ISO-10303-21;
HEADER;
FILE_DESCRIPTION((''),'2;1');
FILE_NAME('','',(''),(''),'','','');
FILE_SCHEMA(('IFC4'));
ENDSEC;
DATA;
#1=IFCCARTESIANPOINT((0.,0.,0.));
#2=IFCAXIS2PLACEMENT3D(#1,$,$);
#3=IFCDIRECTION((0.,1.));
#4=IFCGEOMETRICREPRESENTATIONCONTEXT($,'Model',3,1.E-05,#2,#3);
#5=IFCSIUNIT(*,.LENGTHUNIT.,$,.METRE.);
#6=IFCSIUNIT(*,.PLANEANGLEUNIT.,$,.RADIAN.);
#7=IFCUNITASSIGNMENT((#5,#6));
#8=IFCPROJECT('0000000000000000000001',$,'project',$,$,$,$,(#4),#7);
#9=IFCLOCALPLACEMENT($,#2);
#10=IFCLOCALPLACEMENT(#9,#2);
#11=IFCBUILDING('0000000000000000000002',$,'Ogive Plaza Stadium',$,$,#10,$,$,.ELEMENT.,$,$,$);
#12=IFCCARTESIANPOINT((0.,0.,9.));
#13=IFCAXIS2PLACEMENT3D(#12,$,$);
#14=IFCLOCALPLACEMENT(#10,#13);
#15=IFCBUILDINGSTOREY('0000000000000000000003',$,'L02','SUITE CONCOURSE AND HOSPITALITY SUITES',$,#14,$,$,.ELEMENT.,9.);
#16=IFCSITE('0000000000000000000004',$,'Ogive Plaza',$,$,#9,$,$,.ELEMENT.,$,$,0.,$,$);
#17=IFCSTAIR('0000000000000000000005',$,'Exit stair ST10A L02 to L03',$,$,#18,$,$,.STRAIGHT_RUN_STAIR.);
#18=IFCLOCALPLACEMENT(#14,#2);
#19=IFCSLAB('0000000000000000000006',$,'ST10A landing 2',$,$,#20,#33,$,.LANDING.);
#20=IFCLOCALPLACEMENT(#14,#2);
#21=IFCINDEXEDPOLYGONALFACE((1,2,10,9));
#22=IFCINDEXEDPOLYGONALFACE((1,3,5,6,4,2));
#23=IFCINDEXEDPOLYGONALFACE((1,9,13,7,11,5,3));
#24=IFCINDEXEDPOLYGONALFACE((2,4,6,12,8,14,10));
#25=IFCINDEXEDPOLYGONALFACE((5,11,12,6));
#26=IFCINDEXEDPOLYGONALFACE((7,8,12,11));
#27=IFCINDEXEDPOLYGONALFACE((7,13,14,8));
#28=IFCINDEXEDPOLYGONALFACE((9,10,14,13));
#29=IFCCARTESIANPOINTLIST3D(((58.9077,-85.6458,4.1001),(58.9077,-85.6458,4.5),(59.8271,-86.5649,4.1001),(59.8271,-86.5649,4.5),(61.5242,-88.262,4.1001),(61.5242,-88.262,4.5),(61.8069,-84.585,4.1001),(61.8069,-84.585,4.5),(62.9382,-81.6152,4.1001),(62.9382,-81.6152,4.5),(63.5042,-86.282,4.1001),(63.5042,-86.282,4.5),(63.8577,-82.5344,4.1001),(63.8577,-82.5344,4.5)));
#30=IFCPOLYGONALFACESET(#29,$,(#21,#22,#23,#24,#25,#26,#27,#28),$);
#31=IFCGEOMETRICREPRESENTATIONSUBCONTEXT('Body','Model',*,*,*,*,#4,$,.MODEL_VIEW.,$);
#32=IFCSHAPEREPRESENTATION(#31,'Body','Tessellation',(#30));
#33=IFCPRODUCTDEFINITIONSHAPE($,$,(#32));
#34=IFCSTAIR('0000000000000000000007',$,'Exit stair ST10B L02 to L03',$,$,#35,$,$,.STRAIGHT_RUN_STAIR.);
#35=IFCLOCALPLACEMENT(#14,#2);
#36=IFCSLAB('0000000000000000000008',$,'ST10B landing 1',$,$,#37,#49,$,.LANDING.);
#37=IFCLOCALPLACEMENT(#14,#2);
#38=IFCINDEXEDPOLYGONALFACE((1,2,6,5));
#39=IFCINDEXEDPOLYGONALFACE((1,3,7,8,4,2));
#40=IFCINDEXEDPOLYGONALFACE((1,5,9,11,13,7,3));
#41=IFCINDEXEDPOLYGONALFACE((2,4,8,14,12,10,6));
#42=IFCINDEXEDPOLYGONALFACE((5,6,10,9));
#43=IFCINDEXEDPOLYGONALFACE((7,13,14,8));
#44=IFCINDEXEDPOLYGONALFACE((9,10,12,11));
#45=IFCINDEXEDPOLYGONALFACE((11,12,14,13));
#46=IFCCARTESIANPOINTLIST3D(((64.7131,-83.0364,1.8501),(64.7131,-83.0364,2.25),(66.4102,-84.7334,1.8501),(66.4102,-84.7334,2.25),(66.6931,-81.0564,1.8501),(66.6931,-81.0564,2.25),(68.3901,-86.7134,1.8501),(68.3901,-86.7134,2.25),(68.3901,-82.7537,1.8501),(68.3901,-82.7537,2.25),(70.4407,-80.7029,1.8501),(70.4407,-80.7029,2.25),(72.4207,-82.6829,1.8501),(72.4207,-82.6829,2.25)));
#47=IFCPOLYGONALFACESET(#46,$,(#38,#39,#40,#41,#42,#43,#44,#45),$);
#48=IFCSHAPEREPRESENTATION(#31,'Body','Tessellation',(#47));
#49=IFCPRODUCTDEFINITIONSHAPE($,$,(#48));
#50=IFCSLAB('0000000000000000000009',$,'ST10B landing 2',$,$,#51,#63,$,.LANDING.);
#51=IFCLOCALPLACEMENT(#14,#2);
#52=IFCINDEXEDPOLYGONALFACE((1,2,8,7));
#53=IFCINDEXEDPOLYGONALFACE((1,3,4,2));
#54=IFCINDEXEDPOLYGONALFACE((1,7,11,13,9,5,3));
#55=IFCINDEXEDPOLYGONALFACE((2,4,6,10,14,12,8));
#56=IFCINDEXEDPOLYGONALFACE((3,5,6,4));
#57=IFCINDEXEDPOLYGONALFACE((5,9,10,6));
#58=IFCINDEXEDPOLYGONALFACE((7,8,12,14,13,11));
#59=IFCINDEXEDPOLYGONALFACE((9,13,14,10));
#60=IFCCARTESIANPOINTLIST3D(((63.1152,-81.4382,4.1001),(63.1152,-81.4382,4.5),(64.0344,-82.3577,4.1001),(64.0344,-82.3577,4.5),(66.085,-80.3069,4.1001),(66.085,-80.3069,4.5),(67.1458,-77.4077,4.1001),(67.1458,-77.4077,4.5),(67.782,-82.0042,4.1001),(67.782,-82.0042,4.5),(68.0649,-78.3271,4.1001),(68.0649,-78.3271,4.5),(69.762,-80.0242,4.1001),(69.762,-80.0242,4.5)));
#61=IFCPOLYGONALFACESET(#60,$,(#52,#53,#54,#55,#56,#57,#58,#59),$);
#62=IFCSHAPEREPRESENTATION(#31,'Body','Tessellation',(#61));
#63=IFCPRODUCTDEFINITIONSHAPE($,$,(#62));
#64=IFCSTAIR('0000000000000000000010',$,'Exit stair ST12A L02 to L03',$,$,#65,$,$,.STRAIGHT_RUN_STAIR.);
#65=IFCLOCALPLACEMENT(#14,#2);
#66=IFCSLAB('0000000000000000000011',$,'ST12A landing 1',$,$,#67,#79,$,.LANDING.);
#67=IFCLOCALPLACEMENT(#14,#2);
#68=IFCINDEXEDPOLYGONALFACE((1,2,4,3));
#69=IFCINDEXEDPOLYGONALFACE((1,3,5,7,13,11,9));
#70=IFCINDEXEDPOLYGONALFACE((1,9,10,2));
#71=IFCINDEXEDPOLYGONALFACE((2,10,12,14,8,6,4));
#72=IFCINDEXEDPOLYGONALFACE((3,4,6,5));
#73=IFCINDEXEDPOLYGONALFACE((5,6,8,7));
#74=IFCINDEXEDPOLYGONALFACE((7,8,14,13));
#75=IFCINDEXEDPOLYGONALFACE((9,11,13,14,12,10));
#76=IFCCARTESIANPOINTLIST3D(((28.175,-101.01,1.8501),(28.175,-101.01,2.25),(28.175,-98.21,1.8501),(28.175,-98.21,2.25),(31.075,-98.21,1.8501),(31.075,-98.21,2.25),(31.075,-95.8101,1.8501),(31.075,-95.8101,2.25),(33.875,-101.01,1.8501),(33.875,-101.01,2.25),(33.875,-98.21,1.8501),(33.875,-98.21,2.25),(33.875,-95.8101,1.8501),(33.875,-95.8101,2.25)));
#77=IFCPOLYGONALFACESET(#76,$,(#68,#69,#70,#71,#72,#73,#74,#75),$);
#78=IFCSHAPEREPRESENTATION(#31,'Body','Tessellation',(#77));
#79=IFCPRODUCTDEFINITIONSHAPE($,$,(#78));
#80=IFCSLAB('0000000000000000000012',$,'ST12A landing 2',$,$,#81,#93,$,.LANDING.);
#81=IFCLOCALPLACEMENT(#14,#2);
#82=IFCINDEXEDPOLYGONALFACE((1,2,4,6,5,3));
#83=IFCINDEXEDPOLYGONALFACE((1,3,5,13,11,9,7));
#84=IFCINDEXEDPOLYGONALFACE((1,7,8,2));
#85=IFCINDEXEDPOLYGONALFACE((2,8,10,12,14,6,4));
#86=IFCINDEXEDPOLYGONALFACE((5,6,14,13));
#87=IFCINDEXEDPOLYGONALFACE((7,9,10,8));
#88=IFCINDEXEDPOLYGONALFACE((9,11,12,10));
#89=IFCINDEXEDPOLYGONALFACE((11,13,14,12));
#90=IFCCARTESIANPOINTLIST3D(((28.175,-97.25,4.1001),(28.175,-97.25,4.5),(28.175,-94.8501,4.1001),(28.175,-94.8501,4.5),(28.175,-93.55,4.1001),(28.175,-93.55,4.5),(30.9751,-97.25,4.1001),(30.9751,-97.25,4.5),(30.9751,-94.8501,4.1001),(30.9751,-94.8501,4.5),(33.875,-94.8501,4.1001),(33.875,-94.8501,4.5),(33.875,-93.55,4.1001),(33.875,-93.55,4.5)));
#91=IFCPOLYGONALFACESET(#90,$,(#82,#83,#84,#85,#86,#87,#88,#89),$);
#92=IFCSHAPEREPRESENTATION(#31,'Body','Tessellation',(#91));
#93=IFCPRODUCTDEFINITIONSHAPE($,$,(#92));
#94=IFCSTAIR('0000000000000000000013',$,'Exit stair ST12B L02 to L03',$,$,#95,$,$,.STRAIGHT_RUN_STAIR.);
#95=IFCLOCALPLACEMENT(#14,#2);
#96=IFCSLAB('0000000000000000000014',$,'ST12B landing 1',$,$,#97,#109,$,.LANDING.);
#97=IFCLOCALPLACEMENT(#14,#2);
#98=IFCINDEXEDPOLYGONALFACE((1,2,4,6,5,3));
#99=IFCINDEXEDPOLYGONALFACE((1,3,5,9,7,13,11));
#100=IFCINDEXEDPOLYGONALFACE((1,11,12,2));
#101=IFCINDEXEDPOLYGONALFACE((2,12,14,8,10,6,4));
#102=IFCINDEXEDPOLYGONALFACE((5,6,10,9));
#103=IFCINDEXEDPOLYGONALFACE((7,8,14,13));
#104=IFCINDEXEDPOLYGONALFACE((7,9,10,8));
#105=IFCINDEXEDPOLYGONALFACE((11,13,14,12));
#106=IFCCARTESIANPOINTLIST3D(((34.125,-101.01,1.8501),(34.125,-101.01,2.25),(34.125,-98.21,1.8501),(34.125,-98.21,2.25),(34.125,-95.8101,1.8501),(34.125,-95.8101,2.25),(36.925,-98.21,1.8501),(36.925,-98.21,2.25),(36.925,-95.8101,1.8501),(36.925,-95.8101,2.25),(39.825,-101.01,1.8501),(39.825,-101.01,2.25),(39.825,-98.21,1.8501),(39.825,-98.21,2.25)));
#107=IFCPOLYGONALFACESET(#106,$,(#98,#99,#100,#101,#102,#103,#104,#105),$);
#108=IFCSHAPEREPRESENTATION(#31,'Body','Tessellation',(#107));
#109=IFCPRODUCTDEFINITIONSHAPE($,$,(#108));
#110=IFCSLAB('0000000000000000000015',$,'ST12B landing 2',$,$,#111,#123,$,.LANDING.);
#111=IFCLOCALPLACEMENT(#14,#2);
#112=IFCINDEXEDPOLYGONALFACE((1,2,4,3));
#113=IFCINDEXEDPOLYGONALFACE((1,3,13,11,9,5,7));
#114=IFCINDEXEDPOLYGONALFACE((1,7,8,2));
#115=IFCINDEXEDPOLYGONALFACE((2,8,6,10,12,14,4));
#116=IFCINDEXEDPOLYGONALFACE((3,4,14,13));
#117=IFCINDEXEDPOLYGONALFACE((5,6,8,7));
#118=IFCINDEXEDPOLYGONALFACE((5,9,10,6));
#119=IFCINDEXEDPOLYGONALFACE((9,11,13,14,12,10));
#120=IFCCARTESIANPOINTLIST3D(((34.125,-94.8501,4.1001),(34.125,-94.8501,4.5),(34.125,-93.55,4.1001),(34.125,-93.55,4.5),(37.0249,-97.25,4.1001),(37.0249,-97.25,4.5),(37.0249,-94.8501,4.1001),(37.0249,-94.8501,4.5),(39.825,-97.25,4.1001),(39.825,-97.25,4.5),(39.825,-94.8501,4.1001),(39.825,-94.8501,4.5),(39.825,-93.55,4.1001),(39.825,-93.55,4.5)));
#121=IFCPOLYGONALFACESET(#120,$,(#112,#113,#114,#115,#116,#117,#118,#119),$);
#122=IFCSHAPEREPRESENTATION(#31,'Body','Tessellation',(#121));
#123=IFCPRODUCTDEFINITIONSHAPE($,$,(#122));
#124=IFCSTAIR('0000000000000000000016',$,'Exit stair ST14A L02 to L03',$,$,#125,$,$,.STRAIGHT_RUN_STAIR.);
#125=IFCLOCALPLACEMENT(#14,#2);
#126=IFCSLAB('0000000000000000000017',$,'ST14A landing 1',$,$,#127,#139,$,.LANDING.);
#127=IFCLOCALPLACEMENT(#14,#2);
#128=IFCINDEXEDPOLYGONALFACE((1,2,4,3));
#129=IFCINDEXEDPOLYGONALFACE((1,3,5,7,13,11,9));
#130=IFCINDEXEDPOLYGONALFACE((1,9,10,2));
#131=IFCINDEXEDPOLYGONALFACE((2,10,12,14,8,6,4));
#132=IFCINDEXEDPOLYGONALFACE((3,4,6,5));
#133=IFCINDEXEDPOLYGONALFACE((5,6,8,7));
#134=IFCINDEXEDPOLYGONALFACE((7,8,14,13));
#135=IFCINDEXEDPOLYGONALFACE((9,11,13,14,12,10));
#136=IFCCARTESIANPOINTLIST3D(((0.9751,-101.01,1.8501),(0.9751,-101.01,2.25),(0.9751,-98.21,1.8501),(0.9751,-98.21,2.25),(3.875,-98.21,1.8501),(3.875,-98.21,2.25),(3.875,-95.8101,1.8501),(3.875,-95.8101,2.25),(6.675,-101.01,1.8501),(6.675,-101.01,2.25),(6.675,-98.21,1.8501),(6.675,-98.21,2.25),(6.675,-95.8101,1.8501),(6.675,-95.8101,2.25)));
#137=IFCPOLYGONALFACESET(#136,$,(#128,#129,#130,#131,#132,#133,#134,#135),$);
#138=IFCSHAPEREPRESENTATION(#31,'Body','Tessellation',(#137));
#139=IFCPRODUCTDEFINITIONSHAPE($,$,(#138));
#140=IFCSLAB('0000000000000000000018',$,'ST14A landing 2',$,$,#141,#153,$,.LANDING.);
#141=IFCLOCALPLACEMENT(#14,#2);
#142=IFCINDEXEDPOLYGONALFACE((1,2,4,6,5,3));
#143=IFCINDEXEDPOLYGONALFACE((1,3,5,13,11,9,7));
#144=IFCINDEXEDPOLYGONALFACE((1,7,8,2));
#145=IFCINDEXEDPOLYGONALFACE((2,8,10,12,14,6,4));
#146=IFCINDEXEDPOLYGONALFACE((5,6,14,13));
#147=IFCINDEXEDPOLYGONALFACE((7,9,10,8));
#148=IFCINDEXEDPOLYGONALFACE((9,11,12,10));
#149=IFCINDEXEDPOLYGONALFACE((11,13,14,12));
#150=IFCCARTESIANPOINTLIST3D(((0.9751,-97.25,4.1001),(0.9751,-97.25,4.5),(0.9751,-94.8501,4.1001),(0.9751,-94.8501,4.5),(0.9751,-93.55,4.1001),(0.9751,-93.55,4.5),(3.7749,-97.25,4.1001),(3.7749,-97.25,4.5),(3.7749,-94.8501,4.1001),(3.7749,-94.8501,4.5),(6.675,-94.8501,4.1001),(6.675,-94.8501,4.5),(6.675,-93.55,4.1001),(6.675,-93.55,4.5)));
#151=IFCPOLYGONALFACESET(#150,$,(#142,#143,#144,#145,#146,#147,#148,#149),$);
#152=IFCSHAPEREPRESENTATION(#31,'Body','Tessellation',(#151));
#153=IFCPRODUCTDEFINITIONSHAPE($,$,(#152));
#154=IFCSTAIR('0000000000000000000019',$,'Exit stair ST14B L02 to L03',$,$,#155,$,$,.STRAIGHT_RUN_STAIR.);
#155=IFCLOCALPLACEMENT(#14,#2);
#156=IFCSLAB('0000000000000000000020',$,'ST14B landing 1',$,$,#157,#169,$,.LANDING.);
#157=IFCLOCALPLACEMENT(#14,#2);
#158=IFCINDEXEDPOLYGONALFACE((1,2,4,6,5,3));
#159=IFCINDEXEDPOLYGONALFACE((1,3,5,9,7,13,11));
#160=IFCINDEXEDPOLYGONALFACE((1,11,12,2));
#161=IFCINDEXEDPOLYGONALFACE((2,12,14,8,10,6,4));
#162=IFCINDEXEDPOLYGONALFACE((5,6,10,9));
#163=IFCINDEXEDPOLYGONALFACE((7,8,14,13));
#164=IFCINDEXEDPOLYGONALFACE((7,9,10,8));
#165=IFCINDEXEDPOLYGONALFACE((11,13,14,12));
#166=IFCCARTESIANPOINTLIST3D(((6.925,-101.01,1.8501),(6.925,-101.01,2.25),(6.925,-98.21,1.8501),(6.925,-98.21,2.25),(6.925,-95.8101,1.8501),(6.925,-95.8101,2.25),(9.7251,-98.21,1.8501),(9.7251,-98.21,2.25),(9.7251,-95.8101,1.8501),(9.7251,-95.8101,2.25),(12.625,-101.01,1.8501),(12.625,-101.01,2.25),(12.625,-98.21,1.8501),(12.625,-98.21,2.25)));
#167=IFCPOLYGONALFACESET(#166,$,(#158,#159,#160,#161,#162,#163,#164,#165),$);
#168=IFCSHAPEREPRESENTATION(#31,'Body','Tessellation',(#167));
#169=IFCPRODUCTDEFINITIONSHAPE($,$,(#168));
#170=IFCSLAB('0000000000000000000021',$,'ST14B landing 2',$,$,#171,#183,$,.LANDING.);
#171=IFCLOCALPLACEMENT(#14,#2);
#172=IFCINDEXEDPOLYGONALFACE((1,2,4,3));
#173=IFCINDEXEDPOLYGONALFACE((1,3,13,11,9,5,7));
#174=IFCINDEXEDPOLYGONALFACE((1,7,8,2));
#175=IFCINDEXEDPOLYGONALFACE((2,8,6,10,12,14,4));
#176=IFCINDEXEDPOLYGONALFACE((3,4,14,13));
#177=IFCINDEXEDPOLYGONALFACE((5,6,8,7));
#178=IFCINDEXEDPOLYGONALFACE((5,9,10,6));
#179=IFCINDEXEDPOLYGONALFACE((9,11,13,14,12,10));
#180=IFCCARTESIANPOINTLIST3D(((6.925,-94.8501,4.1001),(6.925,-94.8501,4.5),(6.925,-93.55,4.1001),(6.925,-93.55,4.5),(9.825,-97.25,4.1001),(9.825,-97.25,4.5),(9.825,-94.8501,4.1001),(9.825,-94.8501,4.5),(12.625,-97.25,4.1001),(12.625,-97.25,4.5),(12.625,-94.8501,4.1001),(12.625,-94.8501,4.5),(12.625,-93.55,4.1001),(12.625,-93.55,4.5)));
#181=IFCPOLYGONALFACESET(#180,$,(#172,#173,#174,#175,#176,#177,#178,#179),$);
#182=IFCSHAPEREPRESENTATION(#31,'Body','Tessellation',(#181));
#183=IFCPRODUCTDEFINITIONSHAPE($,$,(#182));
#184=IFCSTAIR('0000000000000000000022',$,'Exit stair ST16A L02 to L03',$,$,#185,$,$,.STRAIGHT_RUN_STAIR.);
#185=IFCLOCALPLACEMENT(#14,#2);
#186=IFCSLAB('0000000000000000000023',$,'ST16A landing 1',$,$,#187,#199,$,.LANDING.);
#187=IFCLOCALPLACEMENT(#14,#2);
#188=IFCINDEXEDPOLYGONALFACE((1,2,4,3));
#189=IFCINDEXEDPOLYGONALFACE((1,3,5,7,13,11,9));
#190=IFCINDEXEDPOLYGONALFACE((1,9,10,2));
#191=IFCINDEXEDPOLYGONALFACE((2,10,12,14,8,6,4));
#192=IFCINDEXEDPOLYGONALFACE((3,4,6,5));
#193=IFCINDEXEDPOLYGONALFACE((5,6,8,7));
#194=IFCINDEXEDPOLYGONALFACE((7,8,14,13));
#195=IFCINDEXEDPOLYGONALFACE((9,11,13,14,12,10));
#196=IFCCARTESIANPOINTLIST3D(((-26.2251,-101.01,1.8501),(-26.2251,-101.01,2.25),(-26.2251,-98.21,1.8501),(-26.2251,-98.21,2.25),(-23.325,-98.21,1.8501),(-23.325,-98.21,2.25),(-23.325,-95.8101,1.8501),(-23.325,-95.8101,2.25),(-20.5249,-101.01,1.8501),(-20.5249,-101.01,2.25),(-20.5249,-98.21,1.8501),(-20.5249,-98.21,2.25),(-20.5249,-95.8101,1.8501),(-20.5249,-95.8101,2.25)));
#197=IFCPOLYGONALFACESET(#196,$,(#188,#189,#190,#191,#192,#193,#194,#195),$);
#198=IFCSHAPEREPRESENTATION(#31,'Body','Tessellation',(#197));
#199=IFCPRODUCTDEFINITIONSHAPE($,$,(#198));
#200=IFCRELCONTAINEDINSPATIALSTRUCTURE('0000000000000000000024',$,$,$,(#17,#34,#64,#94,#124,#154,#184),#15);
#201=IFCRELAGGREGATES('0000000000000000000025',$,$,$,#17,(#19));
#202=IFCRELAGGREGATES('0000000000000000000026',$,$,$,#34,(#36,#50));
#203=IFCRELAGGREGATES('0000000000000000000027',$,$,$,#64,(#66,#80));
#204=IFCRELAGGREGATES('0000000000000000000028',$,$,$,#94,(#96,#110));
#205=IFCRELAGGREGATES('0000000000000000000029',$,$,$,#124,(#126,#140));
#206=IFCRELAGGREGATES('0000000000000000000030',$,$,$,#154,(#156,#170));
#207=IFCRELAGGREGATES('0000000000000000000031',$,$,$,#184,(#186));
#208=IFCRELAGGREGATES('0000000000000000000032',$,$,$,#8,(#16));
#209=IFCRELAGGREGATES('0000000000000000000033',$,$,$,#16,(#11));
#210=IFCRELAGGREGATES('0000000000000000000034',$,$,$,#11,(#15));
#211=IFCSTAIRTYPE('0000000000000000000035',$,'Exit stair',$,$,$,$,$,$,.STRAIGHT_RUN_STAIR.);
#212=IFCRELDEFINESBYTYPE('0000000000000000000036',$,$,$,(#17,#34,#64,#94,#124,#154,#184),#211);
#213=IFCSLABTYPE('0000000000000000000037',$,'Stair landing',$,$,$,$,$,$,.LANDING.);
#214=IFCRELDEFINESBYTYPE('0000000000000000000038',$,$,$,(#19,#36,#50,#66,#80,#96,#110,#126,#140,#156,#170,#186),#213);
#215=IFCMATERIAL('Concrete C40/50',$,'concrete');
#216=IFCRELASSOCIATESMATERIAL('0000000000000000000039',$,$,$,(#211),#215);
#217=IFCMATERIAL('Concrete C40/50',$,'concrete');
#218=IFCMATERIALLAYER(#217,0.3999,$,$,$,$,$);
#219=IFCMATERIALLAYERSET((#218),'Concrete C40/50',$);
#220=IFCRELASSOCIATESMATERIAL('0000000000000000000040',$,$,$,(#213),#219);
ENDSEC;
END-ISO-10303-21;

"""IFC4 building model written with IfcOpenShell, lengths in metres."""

from ifc_helpers import new_model, si_unit, direction, frame, origin, place, context, subcontext, project, spatial, polyline, outline, extrude, material, layer, layer_set, type_object, element, aggregate, save


model = new_model("IFC4")

# Units and contexts
model_context = context("Model", 3, precision=1e-05, world=origin(), true_north=direction((0.0, 1.0)))
body_context = subcontext(model_context, "Body", "Model", "MODEL_VIEW")
ifc_project = project(units=[si_unit("LENGTHUNIT", "METRE"), si_unit("PLANEANGLEUNIT", "RADIAN")], contexts=[model_context])

# Site, building, storey
site_placement = place(None, origin())
site = spatial("IfcSite", under=ifc_project, at=site_placement, Name="Ogive Plaza", CompositionType="ELEMENT", RefElevation=0.0)
building_placement = place(site_placement, origin())
building = spatial("IfcBuilding", under=site, at=building_placement, Name="Ogive Plaza Stadium", CompositionType="ELEMENT")
storey_placement = place(building_placement, frame((0.0, 0.0, 9.0)))
storey = spatial("IfcBuildingStorey", under=building, at=storey_placement, Name="L02", Description="SUITE CONCOURSE AND HOSPITALITY SUITES", CompositionType="ELEMENT", Elevation=9.0)

# Stair, slab
ifc_material_1 = material(Name="Concrete C40/50", Category="concrete")
stair_type = type_object("IfcStairType", Name="Exit stair", PredefinedType="STRAIGHT_RUN_STAIR", material=ifc_material_1)
stair_1_placement = place(storey_placement, origin())
stair_1 = element("IfcStair", 1, at=stair_1_placement, inside=storey, type_object=stair_type, Name="Exit stair ST10A L02 to L03", PredefinedType="STRAIGHT_RUN_STAIR")
ifc_material_2 = material(Name="Concrete C40/50", Category="concrete")
ifc_layer = layer(ifc_material_2, 0.3999)
ifc_layer_set = layer_set([ifc_layer], Name="Concrete C40/50")
slab_type = type_object("IfcSlabType", Name="Stair landing", PredefinedType="LANDING", material=ifc_layer_set)
slab_1_placement = place(storey_placement, frame((0.0, 0.0, 4.1001)))
slab_1 = element("IfcSlab", 2, at=slab_1_placement, type_object=slab_type, Name="ST10A landing 2", PredefinedType="LANDING", context=body_context, shape_type="SweptSolid", body=[
    extrude(outline(polyline([(63.5042, -86.282), (61.5242, -88.262), (59.8271, -86.5649), (58.9077, -85.6458), (62.9382, -81.6152), (63.8577, -82.5344), (61.8069, -84.585), (63.5042, -86.282)])), origin(), (0.0, 0.0, 1.0), 0.3999),
])
aggregate(stair_1, [slab_1])

# Stairs, slabs
stair_2_placement = place(storey_placement, origin())
stair_2 = element("IfcStair", 3, at=stair_2_placement, inside=storey, type_object=stair_type, Name="Exit stair ST10B L02 to L03", PredefinedType="STRAIGHT_RUN_STAIR")
slab_2_placement = place(storey_placement, frame((0.0, 0.0, 1.8501)))
slab_2 = element("IfcSlab", 4, at=slab_2_placement, type_object=slab_type, Name="ST10B landing 1", PredefinedType="LANDING", context=body_context, shape_type="SweptSolid", body=[
    extrude(outline(polyline([(64.7131, -83.0364), (66.6931, -81.0564), (68.3901, -82.7537), (70.4407, -80.7029), (72.4207, -82.6829), (68.3901, -86.7134), (66.4102, -84.7334), (64.7131, -83.0364)])), origin(), (0.0, 0.0, 1.0), 0.3999),
])
slab_3_placement = place(storey_placement, frame((0.0, 0.0, 4.1001)))
slab_3 = element("IfcSlab", 5, at=slab_3_placement, type_object=slab_type, Name="ST10B landing 2", PredefinedType="LANDING", context=body_context, shape_type="SweptSolid", body=[
    extrude(outline(polyline([(64.0344, -82.3577), (63.1152, -81.4382), (67.1458, -77.4077), (68.0649, -78.3271), (69.762, -80.0242), (67.782, -82.0042), (66.085, -80.3069), (64.0344, -82.3577)])), origin(), (0.0, 0.0, 1.0), 0.3999),
])
aggregate(stair_2, [slab_2, slab_3])
stair_3_placement = place(storey_placement, origin())
stair_3 = element("IfcStair", 6, at=stair_3_placement, inside=storey, type_object=stair_type, Name="Exit stair ST12A L02 to L03", PredefinedType="STRAIGHT_RUN_STAIR")
slab_4_placement = place(storey_placement, frame((0.0, 0.0, 1.8501)))
slab_4 = element("IfcSlab", 7, at=slab_4_placement, type_object=slab_type, Name="ST12A landing 1", PredefinedType="LANDING", context=body_context, shape_type="SweptSolid", body=[
    extrude(outline(polyline([(33.875, -101.01), (28.175, -101.01), (28.175, -98.21), (31.075, -98.21), (31.075, -95.8101), (33.875, -95.8101), (33.875, -98.21), (33.875, -101.01)])), origin(), (0.0, 0.0, 1.0), 0.3999),
])
slab_5_placement = place(storey_placement, frame((0.0, 0.0, 4.1001)))
slab_5 = element("IfcSlab", 8, at=slab_5_placement, type_object=slab_type, Name="ST12A landing 2", PredefinedType="LANDING", context=body_context, shape_type="SweptSolid", body=[
    extrude(outline(polyline([(30.9751, -97.25), (28.175, -97.25), (28.175, -94.8501), (28.175, -93.55), (33.875, -93.55), (33.875, -94.8501), (30.9751, -94.8501), (30.9751, -97.25)])), origin(), (0.0, 0.0, 1.0), 0.3999),
])
aggregate(stair_3, [slab_4, slab_5])
stair_4_placement = place(storey_placement, origin())
stair_4 = element("IfcStair", 9, at=stair_4_placement, inside=storey, type_object=stair_type, Name="Exit stair ST12B L02 to L03", PredefinedType="STRAIGHT_RUN_STAIR")
slab_6_placement = place(storey_placement, frame((0.0, 0.0, 1.8501)))
slab_6 = element("IfcSlab", 10, at=slab_6_placement, type_object=slab_type, Name="ST12B landing 1", PredefinedType="LANDING", context=body_context, shape_type="SweptSolid", body=[
    extrude(outline(polyline([(34.125, -95.8101), (36.925, -95.8101), (36.925, -98.21), (39.825, -98.21), (39.825, -101.01), (34.125, -101.01), (34.125, -98.21), (34.125, -95.8101)])), origin(), (0.0, 0.0, 1.0), 0.3999),
])
slab_7_placement = place(storey_placement, frame((0.0, 0.0, 4.1001)))
slab_7 = element("IfcSlab", 11, at=slab_7_placement, type_object=slab_type, Name="ST12B landing 2", PredefinedType="LANDING", context=body_context, shape_type="SweptSolid", body=[
    extrude(outline(polyline([(34.125, -94.8501), (34.125, -93.55), (39.825, -93.55), (39.825, -94.8501), (39.825, -97.25), (37.0249, -97.25), (37.0249, -94.8501), (34.125, -94.8501)])), origin(), (0.0, 0.0, 1.0), 0.3999),
])
aggregate(stair_4, [slab_6, slab_7])
stair_5_placement = place(storey_placement, origin())
stair_5 = element("IfcStair", 12, at=stair_5_placement, inside=storey, type_object=stair_type, Name="Exit stair ST14A L02 to L03", PredefinedType="STRAIGHT_RUN_STAIR")
slab_8_placement = place(storey_placement, frame((0.0, 0.0, 1.8501)))
slab_8 = element("IfcSlab", 13, at=slab_8_placement, type_object=slab_type, Name="ST14A landing 1", PredefinedType="LANDING", context=body_context, shape_type="SweptSolid", body=[
    extrude(outline(polyline([(6.675, -101.01), (0.9751, -101.01), (0.9751, -98.21), (3.875, -98.21), (3.875, -95.8101), (6.675, -95.8101), (6.675, -98.21), (6.675, -101.01)])), origin(), (0.0, 0.0, 1.0), 0.3999),
])
slab_9_placement = place(storey_placement, frame((0.0, 0.0, 4.1001)))
slab_9 = element("IfcSlab", 14, at=slab_9_placement, type_object=slab_type, Name="ST14A landing 2", PredefinedType="LANDING", context=body_context, shape_type="SweptSolid", body=[
    extrude(outline(polyline([(3.7749, -97.25), (0.9751, -97.25), (0.9751, -94.8501), (0.9751, -93.55), (6.675, -93.55), (6.675, -94.8501), (3.7749, -94.8501), (3.7749, -97.25)])), origin(), (0.0, 0.0, 1.0), 0.3999),
])
aggregate(stair_5, [slab_8, slab_9])
stair_6_placement = place(storey_placement, origin())
stair_6 = element("IfcStair", 15, at=stair_6_placement, inside=storey, type_object=stair_type, Name="Exit stair ST14B L02 to L03", PredefinedType="STRAIGHT_RUN_STAIR")
slab_10_placement = place(storey_placement, frame((0.0, 0.0, 1.8501)))
slab_10 = element("IfcSlab", 16, at=slab_10_placement, type_object=slab_type, Name="ST14B landing 1", PredefinedType="LANDING", context=body_context, shape_type="SweptSolid", body=[
    extrude(outline(polyline([(6.925, -95.8101), (9.7251, -95.8101), (9.7251, -98.21), (12.625, -98.21), (12.625, -101.01), (6.925, -101.01), (6.925, -98.21), (6.925, -95.8101)])), origin(), (0.0, 0.0, 1.0), 0.3999),
])
slab_11_placement = place(storey_placement, frame((0.0, 0.0, 4.1001)))
slab_11 = element("IfcSlab", 17, at=slab_11_placement, type_object=slab_type, Name="ST14B landing 2", PredefinedType="LANDING", context=body_context, shape_type="SweptSolid", body=[
    extrude(outline(polyline([(6.925, -94.8501), (6.925, -93.55), (12.625, -93.55), (12.625, -94.8501), (12.625, -97.25), (9.825, -97.25), (9.825, -94.8501), (6.925, -94.8501)])), origin(), (0.0, 0.0, 1.0), 0.3999),
])
aggregate(stair_6, [slab_10, slab_11])
stair_7_placement = place(storey_placement, origin())
stair_7 = element("IfcStair", 18, at=stair_7_placement, inside=storey, type_object=stair_type, Name="Exit stair ST16A L02 to L03", PredefinedType="STRAIGHT_RUN_STAIR")
slab_12_placement = place(storey_placement, frame((0.0, 0.0, 1.8501)))
slab_12 = element("IfcSlab", 19, at=slab_12_placement, type_object=slab_type, Name="ST16A landing 1", PredefinedType="LANDING", context=body_context, shape_type="SweptSolid", body=[
    extrude(outline(polyline([(-20.5249, -101.01), (-26.2251, -101.01), (-26.2251, -98.21), (-23.325, -98.21), (-23.325, -95.8101), (-20.5249, -95.8101), (-20.5249, -98.21), (-20.5249, -101.01)])), origin(), (0.0, 0.0, 1.0), 0.3999),
])
aggregate(stair_7, [slab_12])

save(model, "model.ifc")
